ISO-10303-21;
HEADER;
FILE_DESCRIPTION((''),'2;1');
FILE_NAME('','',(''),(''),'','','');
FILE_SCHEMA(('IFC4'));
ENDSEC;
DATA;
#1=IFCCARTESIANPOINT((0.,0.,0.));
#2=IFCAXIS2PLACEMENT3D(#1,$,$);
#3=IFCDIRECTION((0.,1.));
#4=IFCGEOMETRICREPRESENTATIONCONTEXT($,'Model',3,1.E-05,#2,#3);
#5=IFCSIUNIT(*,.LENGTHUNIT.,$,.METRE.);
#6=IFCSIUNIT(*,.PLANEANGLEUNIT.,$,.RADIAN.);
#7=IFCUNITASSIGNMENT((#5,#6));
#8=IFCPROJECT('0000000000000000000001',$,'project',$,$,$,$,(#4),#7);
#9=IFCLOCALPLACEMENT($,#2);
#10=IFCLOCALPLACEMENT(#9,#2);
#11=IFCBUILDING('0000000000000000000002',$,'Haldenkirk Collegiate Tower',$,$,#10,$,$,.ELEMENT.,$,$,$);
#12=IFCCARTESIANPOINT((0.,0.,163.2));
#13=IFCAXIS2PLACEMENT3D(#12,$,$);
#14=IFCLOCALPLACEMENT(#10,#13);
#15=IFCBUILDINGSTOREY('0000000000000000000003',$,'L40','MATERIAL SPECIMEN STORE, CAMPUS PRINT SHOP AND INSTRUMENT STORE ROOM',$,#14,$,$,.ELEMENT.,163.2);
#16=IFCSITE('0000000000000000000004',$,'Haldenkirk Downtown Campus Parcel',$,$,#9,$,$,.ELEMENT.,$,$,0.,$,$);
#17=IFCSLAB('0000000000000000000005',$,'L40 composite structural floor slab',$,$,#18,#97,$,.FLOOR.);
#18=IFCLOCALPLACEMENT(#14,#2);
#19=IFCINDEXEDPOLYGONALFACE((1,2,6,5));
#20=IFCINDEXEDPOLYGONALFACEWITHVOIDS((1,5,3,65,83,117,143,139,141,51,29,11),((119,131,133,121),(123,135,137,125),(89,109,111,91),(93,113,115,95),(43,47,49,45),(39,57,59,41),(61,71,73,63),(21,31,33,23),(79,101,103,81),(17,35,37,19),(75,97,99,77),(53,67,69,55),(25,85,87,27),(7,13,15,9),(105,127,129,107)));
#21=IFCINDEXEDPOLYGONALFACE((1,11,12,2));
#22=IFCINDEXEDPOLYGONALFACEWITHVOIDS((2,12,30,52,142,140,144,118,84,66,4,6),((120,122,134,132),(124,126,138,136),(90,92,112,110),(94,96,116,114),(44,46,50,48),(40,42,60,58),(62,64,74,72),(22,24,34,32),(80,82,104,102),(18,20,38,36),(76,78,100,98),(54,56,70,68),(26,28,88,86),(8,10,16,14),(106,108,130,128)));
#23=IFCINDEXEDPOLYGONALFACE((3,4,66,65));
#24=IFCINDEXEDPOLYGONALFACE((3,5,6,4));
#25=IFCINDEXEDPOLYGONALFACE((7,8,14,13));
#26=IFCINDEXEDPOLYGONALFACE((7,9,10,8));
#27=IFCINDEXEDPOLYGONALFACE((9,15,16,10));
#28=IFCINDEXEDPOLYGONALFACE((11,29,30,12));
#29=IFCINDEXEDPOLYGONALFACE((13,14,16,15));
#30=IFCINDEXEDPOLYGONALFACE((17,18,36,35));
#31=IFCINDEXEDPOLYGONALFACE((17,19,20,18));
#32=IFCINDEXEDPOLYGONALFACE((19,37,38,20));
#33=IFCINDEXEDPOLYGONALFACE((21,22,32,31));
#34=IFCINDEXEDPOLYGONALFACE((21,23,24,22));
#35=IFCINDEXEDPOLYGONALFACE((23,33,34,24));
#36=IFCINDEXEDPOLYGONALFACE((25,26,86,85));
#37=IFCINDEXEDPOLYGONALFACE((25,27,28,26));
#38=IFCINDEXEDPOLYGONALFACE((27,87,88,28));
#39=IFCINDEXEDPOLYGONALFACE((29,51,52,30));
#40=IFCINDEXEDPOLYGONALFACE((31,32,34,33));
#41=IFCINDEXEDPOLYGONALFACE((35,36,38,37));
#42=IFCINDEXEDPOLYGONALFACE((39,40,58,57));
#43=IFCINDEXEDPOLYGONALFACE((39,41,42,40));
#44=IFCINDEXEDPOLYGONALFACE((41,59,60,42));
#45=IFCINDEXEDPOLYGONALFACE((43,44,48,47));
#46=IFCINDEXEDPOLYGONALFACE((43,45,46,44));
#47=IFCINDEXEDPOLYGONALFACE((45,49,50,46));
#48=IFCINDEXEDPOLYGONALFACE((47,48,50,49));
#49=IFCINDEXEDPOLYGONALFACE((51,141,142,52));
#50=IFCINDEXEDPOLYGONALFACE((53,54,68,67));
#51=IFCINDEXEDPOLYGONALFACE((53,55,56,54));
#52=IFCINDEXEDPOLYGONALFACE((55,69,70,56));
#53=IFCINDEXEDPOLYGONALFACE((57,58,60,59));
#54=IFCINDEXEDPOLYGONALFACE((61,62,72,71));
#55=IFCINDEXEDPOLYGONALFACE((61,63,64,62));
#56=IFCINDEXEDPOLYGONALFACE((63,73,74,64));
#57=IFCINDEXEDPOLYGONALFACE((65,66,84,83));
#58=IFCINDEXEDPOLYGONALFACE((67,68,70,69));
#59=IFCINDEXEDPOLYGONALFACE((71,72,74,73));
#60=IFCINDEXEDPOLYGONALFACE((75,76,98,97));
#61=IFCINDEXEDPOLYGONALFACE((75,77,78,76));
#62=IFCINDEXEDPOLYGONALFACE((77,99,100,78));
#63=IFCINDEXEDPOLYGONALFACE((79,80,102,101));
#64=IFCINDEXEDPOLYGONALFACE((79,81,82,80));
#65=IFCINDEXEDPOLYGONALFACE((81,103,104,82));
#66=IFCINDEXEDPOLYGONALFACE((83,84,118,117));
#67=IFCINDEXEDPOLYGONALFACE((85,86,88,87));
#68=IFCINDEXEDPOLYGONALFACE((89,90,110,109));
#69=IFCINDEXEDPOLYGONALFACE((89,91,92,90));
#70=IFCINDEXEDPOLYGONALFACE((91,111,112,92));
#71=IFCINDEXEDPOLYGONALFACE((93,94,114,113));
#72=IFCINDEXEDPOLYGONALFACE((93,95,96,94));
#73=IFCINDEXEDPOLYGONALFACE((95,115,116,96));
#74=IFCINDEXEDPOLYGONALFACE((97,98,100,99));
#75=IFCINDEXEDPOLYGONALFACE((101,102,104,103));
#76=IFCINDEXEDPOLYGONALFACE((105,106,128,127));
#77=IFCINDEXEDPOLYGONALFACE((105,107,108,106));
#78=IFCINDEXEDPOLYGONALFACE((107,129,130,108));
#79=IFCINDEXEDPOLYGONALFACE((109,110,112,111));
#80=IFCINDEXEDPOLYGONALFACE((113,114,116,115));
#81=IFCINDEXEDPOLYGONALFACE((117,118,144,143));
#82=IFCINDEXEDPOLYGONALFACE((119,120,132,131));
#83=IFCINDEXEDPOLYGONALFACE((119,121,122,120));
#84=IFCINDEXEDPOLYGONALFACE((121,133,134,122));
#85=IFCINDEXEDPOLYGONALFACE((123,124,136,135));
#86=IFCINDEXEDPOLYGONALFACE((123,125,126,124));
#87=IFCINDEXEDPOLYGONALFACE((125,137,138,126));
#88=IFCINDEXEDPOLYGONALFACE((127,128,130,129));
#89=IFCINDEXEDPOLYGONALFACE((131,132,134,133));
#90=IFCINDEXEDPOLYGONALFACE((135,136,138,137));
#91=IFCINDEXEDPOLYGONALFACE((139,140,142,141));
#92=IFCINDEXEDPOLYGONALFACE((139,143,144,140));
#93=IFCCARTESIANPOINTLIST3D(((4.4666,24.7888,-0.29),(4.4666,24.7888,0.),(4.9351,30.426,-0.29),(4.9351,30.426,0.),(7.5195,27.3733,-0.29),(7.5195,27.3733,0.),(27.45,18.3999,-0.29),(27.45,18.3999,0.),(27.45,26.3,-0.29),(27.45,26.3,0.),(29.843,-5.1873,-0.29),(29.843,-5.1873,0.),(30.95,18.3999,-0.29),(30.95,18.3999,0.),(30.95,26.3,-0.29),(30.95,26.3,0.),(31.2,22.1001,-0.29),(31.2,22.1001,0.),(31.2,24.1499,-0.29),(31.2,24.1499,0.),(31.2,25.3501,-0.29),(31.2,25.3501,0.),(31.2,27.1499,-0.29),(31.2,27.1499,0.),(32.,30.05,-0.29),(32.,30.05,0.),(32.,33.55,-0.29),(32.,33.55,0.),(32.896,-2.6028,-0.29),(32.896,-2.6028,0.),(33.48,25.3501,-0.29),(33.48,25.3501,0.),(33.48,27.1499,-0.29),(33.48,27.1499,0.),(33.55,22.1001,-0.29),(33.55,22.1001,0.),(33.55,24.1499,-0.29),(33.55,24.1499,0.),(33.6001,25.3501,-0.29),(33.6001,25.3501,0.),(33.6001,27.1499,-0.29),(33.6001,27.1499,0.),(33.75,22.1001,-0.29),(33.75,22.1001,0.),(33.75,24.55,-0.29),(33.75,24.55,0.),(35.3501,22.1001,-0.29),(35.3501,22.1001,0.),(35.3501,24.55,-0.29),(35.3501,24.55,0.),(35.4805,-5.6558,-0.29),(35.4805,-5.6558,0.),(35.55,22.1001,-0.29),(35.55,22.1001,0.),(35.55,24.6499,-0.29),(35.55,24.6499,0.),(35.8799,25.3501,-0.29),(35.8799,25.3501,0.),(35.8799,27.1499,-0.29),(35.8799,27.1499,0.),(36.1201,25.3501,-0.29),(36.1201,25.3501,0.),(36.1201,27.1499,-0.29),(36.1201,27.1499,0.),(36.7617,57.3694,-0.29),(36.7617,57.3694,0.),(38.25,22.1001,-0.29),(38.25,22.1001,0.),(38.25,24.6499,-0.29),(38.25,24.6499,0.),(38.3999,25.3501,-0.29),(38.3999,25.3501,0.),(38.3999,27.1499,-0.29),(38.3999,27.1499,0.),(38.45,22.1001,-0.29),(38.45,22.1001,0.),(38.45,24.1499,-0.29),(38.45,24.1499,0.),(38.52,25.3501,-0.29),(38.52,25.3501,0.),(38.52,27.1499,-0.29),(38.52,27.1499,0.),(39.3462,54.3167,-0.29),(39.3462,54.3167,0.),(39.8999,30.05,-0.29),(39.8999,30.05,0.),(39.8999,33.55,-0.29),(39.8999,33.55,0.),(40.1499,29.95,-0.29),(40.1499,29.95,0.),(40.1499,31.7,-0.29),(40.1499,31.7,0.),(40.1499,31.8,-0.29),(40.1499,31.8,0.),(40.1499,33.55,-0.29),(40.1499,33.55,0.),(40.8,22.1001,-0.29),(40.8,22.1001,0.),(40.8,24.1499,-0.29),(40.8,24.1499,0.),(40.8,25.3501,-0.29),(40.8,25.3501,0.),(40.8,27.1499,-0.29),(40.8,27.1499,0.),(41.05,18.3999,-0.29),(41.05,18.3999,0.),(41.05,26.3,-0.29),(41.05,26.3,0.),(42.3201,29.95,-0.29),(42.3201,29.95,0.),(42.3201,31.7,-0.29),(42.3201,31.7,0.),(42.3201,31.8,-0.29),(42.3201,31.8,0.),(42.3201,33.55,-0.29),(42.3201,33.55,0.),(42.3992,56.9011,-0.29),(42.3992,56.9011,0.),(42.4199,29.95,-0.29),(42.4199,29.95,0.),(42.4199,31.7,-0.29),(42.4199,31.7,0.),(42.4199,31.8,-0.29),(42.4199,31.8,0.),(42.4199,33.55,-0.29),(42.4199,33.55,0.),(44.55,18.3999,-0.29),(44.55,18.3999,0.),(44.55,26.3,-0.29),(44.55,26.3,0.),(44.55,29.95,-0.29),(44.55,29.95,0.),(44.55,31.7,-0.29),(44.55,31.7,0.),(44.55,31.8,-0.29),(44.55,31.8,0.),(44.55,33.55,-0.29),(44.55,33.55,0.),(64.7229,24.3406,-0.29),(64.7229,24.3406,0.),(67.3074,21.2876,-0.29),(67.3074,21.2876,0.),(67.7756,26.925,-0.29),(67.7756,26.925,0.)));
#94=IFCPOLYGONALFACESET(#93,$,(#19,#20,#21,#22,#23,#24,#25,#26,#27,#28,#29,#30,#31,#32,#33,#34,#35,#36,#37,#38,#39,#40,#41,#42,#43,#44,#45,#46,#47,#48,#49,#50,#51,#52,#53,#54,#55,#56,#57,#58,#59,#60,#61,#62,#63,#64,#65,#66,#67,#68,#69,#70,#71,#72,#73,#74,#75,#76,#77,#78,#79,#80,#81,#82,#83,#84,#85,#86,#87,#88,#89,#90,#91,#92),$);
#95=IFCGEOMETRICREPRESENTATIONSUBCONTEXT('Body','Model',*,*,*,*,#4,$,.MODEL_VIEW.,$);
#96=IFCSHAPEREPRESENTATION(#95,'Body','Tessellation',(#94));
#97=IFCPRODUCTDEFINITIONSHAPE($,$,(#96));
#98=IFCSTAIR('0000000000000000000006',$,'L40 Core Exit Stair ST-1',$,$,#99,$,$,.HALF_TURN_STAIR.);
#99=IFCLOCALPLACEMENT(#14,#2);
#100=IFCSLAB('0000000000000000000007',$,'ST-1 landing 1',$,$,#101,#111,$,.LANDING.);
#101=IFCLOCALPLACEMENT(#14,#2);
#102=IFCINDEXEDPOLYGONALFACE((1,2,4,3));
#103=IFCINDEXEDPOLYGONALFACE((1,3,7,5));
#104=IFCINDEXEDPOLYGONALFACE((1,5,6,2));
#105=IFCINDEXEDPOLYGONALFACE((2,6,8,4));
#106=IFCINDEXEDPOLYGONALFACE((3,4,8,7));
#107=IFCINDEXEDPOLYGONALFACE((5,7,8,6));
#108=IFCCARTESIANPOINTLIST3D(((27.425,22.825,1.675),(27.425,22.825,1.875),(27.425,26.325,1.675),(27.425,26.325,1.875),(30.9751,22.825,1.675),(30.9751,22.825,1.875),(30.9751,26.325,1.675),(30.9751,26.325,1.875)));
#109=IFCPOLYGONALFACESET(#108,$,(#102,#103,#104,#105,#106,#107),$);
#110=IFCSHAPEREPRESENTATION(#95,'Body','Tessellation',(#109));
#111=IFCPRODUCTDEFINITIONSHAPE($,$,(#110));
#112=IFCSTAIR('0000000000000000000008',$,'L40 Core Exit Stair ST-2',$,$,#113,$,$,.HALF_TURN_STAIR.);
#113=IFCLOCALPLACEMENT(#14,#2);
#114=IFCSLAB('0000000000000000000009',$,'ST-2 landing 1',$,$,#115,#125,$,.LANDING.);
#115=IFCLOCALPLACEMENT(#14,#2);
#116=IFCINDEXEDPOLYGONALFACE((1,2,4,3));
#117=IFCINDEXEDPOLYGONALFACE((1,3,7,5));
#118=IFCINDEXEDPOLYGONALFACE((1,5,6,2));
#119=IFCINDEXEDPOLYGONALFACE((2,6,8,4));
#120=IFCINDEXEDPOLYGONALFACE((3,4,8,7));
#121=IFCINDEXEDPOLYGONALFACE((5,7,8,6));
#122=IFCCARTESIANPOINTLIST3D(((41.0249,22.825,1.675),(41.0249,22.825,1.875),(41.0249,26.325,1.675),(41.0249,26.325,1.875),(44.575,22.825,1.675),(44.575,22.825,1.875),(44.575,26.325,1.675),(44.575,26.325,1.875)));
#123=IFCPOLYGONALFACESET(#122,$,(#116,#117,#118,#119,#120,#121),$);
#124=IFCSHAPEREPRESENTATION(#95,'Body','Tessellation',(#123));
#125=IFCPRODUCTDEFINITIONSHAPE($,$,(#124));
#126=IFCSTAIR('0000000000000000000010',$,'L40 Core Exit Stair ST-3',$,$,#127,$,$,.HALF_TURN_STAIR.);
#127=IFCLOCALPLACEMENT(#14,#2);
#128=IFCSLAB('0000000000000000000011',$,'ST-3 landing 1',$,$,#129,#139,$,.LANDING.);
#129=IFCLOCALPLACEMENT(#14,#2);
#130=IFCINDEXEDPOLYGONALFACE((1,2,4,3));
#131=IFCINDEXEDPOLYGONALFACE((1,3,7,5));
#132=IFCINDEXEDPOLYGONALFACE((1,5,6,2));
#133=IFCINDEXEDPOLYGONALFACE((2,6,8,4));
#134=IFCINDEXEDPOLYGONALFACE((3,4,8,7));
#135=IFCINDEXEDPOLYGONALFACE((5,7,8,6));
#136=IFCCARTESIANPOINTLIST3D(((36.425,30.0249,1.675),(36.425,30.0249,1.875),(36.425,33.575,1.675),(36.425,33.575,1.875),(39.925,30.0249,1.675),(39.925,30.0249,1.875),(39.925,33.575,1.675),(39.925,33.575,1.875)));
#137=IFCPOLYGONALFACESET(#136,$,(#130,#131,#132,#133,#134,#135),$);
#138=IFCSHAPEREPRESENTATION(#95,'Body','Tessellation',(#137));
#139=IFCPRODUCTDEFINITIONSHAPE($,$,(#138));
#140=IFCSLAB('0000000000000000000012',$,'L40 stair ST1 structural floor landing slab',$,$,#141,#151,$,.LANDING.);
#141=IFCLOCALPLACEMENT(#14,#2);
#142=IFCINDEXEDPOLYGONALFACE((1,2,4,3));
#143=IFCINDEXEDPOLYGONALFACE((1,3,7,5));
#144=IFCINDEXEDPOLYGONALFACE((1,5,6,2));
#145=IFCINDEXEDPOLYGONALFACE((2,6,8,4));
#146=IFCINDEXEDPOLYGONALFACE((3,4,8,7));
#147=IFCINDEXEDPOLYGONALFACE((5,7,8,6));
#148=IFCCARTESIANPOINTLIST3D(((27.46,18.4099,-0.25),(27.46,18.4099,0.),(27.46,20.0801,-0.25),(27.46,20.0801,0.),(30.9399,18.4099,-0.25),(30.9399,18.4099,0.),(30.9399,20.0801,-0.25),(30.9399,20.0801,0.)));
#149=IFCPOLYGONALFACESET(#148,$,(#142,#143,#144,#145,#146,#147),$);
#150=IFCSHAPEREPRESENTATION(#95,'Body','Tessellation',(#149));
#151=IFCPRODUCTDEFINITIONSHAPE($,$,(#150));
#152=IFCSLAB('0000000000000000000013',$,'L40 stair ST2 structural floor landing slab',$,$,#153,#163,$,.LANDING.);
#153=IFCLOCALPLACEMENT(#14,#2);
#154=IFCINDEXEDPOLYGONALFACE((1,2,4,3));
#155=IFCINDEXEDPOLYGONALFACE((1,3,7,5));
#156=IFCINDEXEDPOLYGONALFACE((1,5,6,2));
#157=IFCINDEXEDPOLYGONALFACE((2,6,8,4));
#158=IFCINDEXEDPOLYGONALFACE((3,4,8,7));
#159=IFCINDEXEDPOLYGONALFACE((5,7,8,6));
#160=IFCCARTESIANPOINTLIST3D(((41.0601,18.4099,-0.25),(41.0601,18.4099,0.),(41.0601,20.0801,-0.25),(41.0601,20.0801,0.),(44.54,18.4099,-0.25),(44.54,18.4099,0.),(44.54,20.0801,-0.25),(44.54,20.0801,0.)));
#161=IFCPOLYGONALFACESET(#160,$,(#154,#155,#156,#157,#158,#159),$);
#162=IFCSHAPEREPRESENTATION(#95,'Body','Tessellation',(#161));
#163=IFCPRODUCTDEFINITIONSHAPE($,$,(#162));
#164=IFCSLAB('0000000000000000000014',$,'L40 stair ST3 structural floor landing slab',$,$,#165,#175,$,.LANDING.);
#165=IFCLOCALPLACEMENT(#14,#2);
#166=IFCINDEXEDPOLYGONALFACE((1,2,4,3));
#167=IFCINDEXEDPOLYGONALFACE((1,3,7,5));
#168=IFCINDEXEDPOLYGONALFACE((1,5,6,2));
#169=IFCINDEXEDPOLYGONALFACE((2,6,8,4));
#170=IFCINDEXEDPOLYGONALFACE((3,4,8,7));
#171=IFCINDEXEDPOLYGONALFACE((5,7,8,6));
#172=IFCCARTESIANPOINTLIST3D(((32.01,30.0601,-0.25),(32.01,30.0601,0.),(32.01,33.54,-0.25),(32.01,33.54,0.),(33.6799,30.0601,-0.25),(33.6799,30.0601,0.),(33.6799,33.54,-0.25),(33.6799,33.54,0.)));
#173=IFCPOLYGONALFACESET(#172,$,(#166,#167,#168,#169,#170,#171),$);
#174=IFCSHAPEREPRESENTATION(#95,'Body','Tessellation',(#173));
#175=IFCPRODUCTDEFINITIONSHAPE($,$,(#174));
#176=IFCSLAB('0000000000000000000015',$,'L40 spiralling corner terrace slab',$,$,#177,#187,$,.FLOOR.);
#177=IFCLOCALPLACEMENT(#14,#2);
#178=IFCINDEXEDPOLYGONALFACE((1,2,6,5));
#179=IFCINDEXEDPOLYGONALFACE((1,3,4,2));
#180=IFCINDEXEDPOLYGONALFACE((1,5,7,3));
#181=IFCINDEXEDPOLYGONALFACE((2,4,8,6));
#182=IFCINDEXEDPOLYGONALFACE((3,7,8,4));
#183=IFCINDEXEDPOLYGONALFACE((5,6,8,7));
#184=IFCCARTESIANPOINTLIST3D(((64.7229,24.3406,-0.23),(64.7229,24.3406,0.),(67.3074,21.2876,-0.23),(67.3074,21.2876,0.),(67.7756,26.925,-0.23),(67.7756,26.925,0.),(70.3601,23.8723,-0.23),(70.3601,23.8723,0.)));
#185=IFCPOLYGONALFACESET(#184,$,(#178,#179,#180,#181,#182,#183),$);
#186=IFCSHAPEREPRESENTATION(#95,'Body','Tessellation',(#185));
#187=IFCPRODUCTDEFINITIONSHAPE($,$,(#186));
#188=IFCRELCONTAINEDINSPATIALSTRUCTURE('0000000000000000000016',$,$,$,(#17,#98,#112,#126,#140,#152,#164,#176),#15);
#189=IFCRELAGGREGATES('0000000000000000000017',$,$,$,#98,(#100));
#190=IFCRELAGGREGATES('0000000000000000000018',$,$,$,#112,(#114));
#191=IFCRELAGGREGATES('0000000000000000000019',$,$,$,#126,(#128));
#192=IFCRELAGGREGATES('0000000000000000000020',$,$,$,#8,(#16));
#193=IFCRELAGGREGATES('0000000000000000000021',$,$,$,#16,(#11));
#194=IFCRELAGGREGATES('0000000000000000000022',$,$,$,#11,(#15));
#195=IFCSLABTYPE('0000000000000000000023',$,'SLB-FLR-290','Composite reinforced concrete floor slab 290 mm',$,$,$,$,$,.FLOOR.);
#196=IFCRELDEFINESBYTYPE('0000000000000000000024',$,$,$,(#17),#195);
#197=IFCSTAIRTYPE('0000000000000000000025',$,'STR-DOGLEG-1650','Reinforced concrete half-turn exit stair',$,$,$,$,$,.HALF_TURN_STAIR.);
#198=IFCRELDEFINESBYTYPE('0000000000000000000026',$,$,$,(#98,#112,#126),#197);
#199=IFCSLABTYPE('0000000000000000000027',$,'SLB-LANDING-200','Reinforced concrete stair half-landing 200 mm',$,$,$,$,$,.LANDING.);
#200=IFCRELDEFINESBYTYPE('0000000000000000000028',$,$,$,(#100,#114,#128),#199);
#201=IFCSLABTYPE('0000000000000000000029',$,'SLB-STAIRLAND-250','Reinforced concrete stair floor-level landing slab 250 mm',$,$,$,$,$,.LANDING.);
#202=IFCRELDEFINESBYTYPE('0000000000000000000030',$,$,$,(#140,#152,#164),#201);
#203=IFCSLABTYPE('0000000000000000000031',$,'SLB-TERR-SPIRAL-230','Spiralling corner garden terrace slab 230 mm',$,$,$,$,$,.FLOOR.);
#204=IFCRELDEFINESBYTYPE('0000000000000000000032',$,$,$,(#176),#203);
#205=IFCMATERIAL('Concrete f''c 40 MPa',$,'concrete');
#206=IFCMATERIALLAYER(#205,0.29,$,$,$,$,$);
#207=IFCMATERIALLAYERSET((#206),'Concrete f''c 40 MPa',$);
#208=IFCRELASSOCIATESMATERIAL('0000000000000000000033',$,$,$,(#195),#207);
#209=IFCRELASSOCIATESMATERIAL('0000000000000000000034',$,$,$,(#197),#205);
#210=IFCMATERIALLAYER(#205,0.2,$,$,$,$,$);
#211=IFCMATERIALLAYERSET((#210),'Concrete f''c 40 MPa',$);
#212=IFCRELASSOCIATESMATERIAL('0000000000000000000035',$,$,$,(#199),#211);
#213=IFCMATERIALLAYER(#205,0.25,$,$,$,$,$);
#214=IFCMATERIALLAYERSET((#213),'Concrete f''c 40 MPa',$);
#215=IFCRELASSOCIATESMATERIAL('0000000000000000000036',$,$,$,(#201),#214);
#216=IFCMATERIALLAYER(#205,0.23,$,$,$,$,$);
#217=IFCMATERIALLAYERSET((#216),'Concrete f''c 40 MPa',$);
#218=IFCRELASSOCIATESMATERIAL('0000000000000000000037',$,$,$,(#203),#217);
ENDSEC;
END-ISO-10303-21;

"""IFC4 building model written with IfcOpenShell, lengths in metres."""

from ifc_helpers import new_model, si_unit, direction, frame, origin, place, context, subcontext, project, spatial, polyline, outline, extrude, material, layer, layer_set, type_object, element, aggregate, save


model = new_model("IFC4")

# Units and contexts
model_context = context("Model", 3, precision=1e-05, world=origin(), true_north=direction((0.0, 1.0)))
body_context = subcontext(model_context, "Body", "Model", "MODEL_VIEW")
ifc_project = project(units=[si_unit("LENGTHUNIT", "METRE"), si_unit("PLANEANGLEUNIT", "RADIAN")], contexts=[model_context])

# Site, building, storey
site_placement = place(None, origin())
site = spatial("IfcSite", under=ifc_project, at=site_placement, Name="Haldenkirk Downtown Campus Parcel", CompositionType="ELEMENT", RefElevation=0.0)
building_placement = place(site_placement, origin())
building = spatial("IfcBuilding", under=site, at=building_placement, Name="Haldenkirk Collegiate Tower", CompositionType="ELEMENT")
storey_placement = place(building_placement, frame((0.0, 0.0, 163.2)))
storey = spatial("IfcBuildingStorey", under=building, at=storey_placement, Name="L40", Description="MATERIAL SPECIMEN STORE, CAMPUS PRINT SHOP AND INSTRUMENT STORE ROOM", CompositionType="ELEMENT", Elevation=163.2)

# Slab
ifc_material_1 = material(Name="Concrete f'c 40 MPa", Category="concrete")
ifc_layer_1 = layer(ifc_material_1, 0.29)
ifc_layer_set_1 = layer_set([ifc_layer_1], Name="Concrete f'c 40 MPa")
slab_type_1 = type_object("IfcSlabType", Name="SLB-FLR-290", Description="Composite reinforced concrete floor slab 290 mm", PredefinedType="FLOOR", material=ifc_layer_set_1)
slab_1_placement = place(storey_placement, frame((0.0, 0.0, -0.29)))
element("IfcSlab", 1, at=slab_1_placement, inside=storey, type_object=slab_type_1, Name="L40 composite structural floor slab", PredefinedType="FLOOR", context=body_context, shape_type="SweptSolid", body=[
    extrude(outline(polyline([(35.4805, -5.6558), (67.3074, 21.2876), (64.7229, 24.3406), (67.7756, 26.925), (42.3992, 56.9011), (39.3462, 54.3167), (36.7617, 57.3694), (4.9351, 30.426), (7.5195, 27.3733), (4.4666, 24.7888), (29.843, -5.1873), (32.896, -2.6028), (35.4805, -5.6558)]), holes=[polyline([(27.45, 18.3999), (30.95, 18.3999), (30.95, 26.3), (27.45, 26.3), (27.45, 18.3999)]), polyline([(41.05, 18.3999), (44.55, 18.3999), (44.55, 26.3), (41.05, 26.3), (41.05, 18.3999)]), polyline([(32.0, 30.05), (39.8999, 30.05), (39.8999, 33.55), (32.0, 33.55), (32.0, 30.05)]), polyline([(33.75, 22.1001), (35.3501, 22.1001), (35.3501, 24.55), (33.75, 24.55), (33.75, 22.1001)]), polyline([(40.1499, 29.95), (42.3201, 29.95), (42.3201, 31.7), (40.1499, 31.7), (40.1499, 29.95)]), polyline([(42.4199, 29.95), (44.55, 29.95), (44.55, 31.7), (42.4199, 31.7), (42.4199, 29.95)]), polyline([(40.1499, 31.8), (42.3201, 31.8), (42.3201, 33.55), (40.1499, 33.55), (40.1499, 31.8)]), polyline([(42.4199, 31.8), (44.55, 31.8), (44.55, 33.55), (42.4199, 33.55), (42.4199, 31.8)]), polyline([(31.2, 25.3501), (33.48, 25.3501), (33.48, 27.1499), (31.2, 27.1499), (31.2, 25.3501)]), polyline([(33.6001, 25.3501), (35.8799, 25.3501), (35.8799, 27.1499), (33.6001, 27.1499), (33.6001, 25.3501)]), polyline([(36.1201, 25.3501), (38.3999, 25.3501), (38.3999, 27.1499), (36.1201, 27.1499), (36.1201, 25.3501)]), polyline([(38.52, 25.3501), (40.8, 25.3501), (40.8, 27.1499), (38.52, 27.1499), (38.52, 25.3501)]), polyline([(31.2, 22.1001), (33.55, 22.1001), (33.55, 24.1499), (31.2, 24.1499), (31.2, 22.1001)]), polyline([(38.45, 22.1001), (40.8, 22.1001), (40.8, 24.1499), (38.45, 24.1499), (38.45, 22.1001)]), polyline([(35.55, 22.1001), (38.25, 22.1001), (38.25, 24.6499), (35.55, 24.6499), (35.55, 22.1001)])]), origin(), (0.0, 0.0, 1.0), 0.29),
])

# Stairs, slabs
stair_type = type_object("IfcStairType", Name="STR-DOGLEG-1650", Description="Reinforced concrete half-turn exit stair", PredefinedType="HALF_TURN_STAIR", material=ifc_material_1)
stair_1_placement = place(storey_placement, origin())
stair_1 = element("IfcStair", 2, at=stair_1_placement, inside=storey, type_object=stair_type, Name="L40 Core Exit Stair ST-1", PredefinedType="HALF_TURN_STAIR")
ifc_layer_2 = layer(ifc_material_1, 0.2)
ifc_layer_set_2 = layer_set([ifc_layer_2], Name="Concrete f'c 40 MPa")
slab_type_2 = type_object("IfcSlabType", Name="SLB-LANDING-200", Description="Reinforced concrete stair half-landing 200 mm", PredefinedType="LANDING", material=ifc_layer_set_2)
slab_2_placement = place(storey_placement, frame((0.0, 0.0, 1.675)))
slab_2 = element("IfcSlab", 3, at=slab_2_placement, type_object=slab_type_2, Name="ST-1 landing 1", PredefinedType="LANDING", context=body_context, shape_type="SweptSolid", body=[
    extrude(outline(polyline([(30.9751, 22.825), (27.425, 22.825), (27.425, 26.325), (30.9751, 26.325), (30.9751, 22.825)])), origin(), (0.0, 0.0, 1.0), 0.2),
])
aggregate(stair_1, [slab_2])
stair_2_placement = place(storey_placement, origin())
stair_2 = element("IfcStair", 4, at=stair_2_placement, inside=storey, type_object=stair_type, Name="L40 Core Exit Stair ST-2", PredefinedType="HALF_TURN_STAIR")
slab_3_placement = place(storey_placement, frame((0.0, 0.0, 1.675)))
slab_3 = element("IfcSlab", 5, at=slab_3_placement, type_object=slab_type_2, Name="ST-2 landing 1", PredefinedType="LANDING", context=body_context, shape_type="SweptSolid", body=[
    extrude(outline(polyline([(44.575, 22.825), (41.0249, 22.825), (41.0249, 26.325), (44.575, 26.325), (44.575, 22.825)])), origin(), (0.0, 0.0, 1.0), 0.2),
])
aggregate(stair_2, [slab_3])
stair_3_placement = place(storey_placement, origin())
stair_3 = element("IfcStair", 6, at=stair_3_placement, inside=storey, type_object=stair_type, Name="L40 Core Exit Stair ST-3", PredefinedType="HALF_TURN_STAIR")
slab_4_placement = place(storey_placement, frame((0.0, 0.0, 1.675)))
slab_4 = element("IfcSlab", 7, at=slab_4_placement, type_object=slab_type_2, Name="ST-3 landing 1", PredefinedType="LANDING", context=body_context, shape_type="SweptSolid", body=[
    extrude(outline(polyline([(36.425, 30.0249), (36.425, 33.575), (39.925, 33.575), (39.925, 30.0249), (36.425, 30.0249)])), origin(), (0.0, 0.0, 1.0), 0.2),
])
aggregate(stair_3, [slab_4])

# Slabs
ifc_layer_3 = layer(ifc_material_1, 0.25)
ifc_layer_set_3 = layer_set([ifc_layer_3], Name="Concrete f'c 40 MPa")
slab_type_3 = type_object("IfcSlabType", Name="SLB-STAIRLAND-250", Description="Reinforced concrete stair floor-level landing slab 250 mm", PredefinedType="LANDING", material=ifc_layer_set_3)
slab_5_placement = place(storey_placement, frame((0.0, 0.0, -0.25)))
element("IfcSlab", 8, at=slab_5_placement, inside=storey, type_object=slab_type_3, Name="L40 stair ST1 structural floor landing slab", PredefinedType="LANDING", context=body_context, shape_type="SweptSolid", body=[
    extrude(outline(polyline([(27.46, 18.4099), (30.9399, 18.4099), (30.9399, 20.0801), (27.46, 20.0801), (27.46, 18.4099)])), origin(), (0.0, 0.0, 1.0), 0.25),
])
slab_6_placement = place(storey_placement, frame((0.0, 0.0, -0.25)))
element("IfcSlab", 9, at=slab_6_placement, inside=storey, type_object=slab_type_3, Name="L40 stair ST2 structural floor landing slab", PredefinedType="LANDING", context=body_context, shape_type="SweptSolid", body=[
    extrude(outline(polyline([(41.0601, 18.4099), (44.54, 18.4099), (44.54, 20.0801), (41.0601, 20.0801), (41.0601, 18.4099)])), origin(), (0.0, 0.0, 1.0), 0.25),
])
slab_7_placement = place(storey_placement, frame((0.0, 0.0, -0.25)))
element("IfcSlab", 10, at=slab_7_placement, inside=storey, type_object=slab_type_3, Name="L40 stair ST3 structural floor landing slab", PredefinedType="LANDING", context=body_context, shape_type="SweptSolid", body=[
    extrude(outline(polyline([(32.01, 30.0601), (33.6799, 30.0601), (33.6799, 33.54), (32.01, 33.54), (32.01, 30.0601)])), origin(), (0.0, 0.0, 1.0), 0.25),
])
ifc_layer_4 = layer(ifc_material_1, 0.23)
ifc_layer_set_4 = layer_set([ifc_layer_4], Name="Concrete f'c 40 MPa")
slab_type_4 = type_object("IfcSlabType", Name="SLB-TERR-SPIRAL-230", Description="Spiralling corner garden terrace slab 230 mm", PredefinedType="FLOOR", material=ifc_layer_set_4)
slab_8_placement = place(storey_placement, frame((0.0, 0.0, -0.23)))
element("IfcSlab", 11, at=slab_8_placement, inside=storey, type_object=slab_type_4, Name="L40 spiralling corner terrace slab", PredefinedType="FLOOR", context=body_context, shape_type="SweptSolid", body=[
    extrude(outline(polyline([(67.3074, 21.2876), (70.3601, 23.8723), (67.7756, 26.925), (64.7229, 24.3406), (67.3074, 21.2876)])), origin(), (0.0, 0.0, 1.0), 0.23),
])

save(model, "model.ifc")
